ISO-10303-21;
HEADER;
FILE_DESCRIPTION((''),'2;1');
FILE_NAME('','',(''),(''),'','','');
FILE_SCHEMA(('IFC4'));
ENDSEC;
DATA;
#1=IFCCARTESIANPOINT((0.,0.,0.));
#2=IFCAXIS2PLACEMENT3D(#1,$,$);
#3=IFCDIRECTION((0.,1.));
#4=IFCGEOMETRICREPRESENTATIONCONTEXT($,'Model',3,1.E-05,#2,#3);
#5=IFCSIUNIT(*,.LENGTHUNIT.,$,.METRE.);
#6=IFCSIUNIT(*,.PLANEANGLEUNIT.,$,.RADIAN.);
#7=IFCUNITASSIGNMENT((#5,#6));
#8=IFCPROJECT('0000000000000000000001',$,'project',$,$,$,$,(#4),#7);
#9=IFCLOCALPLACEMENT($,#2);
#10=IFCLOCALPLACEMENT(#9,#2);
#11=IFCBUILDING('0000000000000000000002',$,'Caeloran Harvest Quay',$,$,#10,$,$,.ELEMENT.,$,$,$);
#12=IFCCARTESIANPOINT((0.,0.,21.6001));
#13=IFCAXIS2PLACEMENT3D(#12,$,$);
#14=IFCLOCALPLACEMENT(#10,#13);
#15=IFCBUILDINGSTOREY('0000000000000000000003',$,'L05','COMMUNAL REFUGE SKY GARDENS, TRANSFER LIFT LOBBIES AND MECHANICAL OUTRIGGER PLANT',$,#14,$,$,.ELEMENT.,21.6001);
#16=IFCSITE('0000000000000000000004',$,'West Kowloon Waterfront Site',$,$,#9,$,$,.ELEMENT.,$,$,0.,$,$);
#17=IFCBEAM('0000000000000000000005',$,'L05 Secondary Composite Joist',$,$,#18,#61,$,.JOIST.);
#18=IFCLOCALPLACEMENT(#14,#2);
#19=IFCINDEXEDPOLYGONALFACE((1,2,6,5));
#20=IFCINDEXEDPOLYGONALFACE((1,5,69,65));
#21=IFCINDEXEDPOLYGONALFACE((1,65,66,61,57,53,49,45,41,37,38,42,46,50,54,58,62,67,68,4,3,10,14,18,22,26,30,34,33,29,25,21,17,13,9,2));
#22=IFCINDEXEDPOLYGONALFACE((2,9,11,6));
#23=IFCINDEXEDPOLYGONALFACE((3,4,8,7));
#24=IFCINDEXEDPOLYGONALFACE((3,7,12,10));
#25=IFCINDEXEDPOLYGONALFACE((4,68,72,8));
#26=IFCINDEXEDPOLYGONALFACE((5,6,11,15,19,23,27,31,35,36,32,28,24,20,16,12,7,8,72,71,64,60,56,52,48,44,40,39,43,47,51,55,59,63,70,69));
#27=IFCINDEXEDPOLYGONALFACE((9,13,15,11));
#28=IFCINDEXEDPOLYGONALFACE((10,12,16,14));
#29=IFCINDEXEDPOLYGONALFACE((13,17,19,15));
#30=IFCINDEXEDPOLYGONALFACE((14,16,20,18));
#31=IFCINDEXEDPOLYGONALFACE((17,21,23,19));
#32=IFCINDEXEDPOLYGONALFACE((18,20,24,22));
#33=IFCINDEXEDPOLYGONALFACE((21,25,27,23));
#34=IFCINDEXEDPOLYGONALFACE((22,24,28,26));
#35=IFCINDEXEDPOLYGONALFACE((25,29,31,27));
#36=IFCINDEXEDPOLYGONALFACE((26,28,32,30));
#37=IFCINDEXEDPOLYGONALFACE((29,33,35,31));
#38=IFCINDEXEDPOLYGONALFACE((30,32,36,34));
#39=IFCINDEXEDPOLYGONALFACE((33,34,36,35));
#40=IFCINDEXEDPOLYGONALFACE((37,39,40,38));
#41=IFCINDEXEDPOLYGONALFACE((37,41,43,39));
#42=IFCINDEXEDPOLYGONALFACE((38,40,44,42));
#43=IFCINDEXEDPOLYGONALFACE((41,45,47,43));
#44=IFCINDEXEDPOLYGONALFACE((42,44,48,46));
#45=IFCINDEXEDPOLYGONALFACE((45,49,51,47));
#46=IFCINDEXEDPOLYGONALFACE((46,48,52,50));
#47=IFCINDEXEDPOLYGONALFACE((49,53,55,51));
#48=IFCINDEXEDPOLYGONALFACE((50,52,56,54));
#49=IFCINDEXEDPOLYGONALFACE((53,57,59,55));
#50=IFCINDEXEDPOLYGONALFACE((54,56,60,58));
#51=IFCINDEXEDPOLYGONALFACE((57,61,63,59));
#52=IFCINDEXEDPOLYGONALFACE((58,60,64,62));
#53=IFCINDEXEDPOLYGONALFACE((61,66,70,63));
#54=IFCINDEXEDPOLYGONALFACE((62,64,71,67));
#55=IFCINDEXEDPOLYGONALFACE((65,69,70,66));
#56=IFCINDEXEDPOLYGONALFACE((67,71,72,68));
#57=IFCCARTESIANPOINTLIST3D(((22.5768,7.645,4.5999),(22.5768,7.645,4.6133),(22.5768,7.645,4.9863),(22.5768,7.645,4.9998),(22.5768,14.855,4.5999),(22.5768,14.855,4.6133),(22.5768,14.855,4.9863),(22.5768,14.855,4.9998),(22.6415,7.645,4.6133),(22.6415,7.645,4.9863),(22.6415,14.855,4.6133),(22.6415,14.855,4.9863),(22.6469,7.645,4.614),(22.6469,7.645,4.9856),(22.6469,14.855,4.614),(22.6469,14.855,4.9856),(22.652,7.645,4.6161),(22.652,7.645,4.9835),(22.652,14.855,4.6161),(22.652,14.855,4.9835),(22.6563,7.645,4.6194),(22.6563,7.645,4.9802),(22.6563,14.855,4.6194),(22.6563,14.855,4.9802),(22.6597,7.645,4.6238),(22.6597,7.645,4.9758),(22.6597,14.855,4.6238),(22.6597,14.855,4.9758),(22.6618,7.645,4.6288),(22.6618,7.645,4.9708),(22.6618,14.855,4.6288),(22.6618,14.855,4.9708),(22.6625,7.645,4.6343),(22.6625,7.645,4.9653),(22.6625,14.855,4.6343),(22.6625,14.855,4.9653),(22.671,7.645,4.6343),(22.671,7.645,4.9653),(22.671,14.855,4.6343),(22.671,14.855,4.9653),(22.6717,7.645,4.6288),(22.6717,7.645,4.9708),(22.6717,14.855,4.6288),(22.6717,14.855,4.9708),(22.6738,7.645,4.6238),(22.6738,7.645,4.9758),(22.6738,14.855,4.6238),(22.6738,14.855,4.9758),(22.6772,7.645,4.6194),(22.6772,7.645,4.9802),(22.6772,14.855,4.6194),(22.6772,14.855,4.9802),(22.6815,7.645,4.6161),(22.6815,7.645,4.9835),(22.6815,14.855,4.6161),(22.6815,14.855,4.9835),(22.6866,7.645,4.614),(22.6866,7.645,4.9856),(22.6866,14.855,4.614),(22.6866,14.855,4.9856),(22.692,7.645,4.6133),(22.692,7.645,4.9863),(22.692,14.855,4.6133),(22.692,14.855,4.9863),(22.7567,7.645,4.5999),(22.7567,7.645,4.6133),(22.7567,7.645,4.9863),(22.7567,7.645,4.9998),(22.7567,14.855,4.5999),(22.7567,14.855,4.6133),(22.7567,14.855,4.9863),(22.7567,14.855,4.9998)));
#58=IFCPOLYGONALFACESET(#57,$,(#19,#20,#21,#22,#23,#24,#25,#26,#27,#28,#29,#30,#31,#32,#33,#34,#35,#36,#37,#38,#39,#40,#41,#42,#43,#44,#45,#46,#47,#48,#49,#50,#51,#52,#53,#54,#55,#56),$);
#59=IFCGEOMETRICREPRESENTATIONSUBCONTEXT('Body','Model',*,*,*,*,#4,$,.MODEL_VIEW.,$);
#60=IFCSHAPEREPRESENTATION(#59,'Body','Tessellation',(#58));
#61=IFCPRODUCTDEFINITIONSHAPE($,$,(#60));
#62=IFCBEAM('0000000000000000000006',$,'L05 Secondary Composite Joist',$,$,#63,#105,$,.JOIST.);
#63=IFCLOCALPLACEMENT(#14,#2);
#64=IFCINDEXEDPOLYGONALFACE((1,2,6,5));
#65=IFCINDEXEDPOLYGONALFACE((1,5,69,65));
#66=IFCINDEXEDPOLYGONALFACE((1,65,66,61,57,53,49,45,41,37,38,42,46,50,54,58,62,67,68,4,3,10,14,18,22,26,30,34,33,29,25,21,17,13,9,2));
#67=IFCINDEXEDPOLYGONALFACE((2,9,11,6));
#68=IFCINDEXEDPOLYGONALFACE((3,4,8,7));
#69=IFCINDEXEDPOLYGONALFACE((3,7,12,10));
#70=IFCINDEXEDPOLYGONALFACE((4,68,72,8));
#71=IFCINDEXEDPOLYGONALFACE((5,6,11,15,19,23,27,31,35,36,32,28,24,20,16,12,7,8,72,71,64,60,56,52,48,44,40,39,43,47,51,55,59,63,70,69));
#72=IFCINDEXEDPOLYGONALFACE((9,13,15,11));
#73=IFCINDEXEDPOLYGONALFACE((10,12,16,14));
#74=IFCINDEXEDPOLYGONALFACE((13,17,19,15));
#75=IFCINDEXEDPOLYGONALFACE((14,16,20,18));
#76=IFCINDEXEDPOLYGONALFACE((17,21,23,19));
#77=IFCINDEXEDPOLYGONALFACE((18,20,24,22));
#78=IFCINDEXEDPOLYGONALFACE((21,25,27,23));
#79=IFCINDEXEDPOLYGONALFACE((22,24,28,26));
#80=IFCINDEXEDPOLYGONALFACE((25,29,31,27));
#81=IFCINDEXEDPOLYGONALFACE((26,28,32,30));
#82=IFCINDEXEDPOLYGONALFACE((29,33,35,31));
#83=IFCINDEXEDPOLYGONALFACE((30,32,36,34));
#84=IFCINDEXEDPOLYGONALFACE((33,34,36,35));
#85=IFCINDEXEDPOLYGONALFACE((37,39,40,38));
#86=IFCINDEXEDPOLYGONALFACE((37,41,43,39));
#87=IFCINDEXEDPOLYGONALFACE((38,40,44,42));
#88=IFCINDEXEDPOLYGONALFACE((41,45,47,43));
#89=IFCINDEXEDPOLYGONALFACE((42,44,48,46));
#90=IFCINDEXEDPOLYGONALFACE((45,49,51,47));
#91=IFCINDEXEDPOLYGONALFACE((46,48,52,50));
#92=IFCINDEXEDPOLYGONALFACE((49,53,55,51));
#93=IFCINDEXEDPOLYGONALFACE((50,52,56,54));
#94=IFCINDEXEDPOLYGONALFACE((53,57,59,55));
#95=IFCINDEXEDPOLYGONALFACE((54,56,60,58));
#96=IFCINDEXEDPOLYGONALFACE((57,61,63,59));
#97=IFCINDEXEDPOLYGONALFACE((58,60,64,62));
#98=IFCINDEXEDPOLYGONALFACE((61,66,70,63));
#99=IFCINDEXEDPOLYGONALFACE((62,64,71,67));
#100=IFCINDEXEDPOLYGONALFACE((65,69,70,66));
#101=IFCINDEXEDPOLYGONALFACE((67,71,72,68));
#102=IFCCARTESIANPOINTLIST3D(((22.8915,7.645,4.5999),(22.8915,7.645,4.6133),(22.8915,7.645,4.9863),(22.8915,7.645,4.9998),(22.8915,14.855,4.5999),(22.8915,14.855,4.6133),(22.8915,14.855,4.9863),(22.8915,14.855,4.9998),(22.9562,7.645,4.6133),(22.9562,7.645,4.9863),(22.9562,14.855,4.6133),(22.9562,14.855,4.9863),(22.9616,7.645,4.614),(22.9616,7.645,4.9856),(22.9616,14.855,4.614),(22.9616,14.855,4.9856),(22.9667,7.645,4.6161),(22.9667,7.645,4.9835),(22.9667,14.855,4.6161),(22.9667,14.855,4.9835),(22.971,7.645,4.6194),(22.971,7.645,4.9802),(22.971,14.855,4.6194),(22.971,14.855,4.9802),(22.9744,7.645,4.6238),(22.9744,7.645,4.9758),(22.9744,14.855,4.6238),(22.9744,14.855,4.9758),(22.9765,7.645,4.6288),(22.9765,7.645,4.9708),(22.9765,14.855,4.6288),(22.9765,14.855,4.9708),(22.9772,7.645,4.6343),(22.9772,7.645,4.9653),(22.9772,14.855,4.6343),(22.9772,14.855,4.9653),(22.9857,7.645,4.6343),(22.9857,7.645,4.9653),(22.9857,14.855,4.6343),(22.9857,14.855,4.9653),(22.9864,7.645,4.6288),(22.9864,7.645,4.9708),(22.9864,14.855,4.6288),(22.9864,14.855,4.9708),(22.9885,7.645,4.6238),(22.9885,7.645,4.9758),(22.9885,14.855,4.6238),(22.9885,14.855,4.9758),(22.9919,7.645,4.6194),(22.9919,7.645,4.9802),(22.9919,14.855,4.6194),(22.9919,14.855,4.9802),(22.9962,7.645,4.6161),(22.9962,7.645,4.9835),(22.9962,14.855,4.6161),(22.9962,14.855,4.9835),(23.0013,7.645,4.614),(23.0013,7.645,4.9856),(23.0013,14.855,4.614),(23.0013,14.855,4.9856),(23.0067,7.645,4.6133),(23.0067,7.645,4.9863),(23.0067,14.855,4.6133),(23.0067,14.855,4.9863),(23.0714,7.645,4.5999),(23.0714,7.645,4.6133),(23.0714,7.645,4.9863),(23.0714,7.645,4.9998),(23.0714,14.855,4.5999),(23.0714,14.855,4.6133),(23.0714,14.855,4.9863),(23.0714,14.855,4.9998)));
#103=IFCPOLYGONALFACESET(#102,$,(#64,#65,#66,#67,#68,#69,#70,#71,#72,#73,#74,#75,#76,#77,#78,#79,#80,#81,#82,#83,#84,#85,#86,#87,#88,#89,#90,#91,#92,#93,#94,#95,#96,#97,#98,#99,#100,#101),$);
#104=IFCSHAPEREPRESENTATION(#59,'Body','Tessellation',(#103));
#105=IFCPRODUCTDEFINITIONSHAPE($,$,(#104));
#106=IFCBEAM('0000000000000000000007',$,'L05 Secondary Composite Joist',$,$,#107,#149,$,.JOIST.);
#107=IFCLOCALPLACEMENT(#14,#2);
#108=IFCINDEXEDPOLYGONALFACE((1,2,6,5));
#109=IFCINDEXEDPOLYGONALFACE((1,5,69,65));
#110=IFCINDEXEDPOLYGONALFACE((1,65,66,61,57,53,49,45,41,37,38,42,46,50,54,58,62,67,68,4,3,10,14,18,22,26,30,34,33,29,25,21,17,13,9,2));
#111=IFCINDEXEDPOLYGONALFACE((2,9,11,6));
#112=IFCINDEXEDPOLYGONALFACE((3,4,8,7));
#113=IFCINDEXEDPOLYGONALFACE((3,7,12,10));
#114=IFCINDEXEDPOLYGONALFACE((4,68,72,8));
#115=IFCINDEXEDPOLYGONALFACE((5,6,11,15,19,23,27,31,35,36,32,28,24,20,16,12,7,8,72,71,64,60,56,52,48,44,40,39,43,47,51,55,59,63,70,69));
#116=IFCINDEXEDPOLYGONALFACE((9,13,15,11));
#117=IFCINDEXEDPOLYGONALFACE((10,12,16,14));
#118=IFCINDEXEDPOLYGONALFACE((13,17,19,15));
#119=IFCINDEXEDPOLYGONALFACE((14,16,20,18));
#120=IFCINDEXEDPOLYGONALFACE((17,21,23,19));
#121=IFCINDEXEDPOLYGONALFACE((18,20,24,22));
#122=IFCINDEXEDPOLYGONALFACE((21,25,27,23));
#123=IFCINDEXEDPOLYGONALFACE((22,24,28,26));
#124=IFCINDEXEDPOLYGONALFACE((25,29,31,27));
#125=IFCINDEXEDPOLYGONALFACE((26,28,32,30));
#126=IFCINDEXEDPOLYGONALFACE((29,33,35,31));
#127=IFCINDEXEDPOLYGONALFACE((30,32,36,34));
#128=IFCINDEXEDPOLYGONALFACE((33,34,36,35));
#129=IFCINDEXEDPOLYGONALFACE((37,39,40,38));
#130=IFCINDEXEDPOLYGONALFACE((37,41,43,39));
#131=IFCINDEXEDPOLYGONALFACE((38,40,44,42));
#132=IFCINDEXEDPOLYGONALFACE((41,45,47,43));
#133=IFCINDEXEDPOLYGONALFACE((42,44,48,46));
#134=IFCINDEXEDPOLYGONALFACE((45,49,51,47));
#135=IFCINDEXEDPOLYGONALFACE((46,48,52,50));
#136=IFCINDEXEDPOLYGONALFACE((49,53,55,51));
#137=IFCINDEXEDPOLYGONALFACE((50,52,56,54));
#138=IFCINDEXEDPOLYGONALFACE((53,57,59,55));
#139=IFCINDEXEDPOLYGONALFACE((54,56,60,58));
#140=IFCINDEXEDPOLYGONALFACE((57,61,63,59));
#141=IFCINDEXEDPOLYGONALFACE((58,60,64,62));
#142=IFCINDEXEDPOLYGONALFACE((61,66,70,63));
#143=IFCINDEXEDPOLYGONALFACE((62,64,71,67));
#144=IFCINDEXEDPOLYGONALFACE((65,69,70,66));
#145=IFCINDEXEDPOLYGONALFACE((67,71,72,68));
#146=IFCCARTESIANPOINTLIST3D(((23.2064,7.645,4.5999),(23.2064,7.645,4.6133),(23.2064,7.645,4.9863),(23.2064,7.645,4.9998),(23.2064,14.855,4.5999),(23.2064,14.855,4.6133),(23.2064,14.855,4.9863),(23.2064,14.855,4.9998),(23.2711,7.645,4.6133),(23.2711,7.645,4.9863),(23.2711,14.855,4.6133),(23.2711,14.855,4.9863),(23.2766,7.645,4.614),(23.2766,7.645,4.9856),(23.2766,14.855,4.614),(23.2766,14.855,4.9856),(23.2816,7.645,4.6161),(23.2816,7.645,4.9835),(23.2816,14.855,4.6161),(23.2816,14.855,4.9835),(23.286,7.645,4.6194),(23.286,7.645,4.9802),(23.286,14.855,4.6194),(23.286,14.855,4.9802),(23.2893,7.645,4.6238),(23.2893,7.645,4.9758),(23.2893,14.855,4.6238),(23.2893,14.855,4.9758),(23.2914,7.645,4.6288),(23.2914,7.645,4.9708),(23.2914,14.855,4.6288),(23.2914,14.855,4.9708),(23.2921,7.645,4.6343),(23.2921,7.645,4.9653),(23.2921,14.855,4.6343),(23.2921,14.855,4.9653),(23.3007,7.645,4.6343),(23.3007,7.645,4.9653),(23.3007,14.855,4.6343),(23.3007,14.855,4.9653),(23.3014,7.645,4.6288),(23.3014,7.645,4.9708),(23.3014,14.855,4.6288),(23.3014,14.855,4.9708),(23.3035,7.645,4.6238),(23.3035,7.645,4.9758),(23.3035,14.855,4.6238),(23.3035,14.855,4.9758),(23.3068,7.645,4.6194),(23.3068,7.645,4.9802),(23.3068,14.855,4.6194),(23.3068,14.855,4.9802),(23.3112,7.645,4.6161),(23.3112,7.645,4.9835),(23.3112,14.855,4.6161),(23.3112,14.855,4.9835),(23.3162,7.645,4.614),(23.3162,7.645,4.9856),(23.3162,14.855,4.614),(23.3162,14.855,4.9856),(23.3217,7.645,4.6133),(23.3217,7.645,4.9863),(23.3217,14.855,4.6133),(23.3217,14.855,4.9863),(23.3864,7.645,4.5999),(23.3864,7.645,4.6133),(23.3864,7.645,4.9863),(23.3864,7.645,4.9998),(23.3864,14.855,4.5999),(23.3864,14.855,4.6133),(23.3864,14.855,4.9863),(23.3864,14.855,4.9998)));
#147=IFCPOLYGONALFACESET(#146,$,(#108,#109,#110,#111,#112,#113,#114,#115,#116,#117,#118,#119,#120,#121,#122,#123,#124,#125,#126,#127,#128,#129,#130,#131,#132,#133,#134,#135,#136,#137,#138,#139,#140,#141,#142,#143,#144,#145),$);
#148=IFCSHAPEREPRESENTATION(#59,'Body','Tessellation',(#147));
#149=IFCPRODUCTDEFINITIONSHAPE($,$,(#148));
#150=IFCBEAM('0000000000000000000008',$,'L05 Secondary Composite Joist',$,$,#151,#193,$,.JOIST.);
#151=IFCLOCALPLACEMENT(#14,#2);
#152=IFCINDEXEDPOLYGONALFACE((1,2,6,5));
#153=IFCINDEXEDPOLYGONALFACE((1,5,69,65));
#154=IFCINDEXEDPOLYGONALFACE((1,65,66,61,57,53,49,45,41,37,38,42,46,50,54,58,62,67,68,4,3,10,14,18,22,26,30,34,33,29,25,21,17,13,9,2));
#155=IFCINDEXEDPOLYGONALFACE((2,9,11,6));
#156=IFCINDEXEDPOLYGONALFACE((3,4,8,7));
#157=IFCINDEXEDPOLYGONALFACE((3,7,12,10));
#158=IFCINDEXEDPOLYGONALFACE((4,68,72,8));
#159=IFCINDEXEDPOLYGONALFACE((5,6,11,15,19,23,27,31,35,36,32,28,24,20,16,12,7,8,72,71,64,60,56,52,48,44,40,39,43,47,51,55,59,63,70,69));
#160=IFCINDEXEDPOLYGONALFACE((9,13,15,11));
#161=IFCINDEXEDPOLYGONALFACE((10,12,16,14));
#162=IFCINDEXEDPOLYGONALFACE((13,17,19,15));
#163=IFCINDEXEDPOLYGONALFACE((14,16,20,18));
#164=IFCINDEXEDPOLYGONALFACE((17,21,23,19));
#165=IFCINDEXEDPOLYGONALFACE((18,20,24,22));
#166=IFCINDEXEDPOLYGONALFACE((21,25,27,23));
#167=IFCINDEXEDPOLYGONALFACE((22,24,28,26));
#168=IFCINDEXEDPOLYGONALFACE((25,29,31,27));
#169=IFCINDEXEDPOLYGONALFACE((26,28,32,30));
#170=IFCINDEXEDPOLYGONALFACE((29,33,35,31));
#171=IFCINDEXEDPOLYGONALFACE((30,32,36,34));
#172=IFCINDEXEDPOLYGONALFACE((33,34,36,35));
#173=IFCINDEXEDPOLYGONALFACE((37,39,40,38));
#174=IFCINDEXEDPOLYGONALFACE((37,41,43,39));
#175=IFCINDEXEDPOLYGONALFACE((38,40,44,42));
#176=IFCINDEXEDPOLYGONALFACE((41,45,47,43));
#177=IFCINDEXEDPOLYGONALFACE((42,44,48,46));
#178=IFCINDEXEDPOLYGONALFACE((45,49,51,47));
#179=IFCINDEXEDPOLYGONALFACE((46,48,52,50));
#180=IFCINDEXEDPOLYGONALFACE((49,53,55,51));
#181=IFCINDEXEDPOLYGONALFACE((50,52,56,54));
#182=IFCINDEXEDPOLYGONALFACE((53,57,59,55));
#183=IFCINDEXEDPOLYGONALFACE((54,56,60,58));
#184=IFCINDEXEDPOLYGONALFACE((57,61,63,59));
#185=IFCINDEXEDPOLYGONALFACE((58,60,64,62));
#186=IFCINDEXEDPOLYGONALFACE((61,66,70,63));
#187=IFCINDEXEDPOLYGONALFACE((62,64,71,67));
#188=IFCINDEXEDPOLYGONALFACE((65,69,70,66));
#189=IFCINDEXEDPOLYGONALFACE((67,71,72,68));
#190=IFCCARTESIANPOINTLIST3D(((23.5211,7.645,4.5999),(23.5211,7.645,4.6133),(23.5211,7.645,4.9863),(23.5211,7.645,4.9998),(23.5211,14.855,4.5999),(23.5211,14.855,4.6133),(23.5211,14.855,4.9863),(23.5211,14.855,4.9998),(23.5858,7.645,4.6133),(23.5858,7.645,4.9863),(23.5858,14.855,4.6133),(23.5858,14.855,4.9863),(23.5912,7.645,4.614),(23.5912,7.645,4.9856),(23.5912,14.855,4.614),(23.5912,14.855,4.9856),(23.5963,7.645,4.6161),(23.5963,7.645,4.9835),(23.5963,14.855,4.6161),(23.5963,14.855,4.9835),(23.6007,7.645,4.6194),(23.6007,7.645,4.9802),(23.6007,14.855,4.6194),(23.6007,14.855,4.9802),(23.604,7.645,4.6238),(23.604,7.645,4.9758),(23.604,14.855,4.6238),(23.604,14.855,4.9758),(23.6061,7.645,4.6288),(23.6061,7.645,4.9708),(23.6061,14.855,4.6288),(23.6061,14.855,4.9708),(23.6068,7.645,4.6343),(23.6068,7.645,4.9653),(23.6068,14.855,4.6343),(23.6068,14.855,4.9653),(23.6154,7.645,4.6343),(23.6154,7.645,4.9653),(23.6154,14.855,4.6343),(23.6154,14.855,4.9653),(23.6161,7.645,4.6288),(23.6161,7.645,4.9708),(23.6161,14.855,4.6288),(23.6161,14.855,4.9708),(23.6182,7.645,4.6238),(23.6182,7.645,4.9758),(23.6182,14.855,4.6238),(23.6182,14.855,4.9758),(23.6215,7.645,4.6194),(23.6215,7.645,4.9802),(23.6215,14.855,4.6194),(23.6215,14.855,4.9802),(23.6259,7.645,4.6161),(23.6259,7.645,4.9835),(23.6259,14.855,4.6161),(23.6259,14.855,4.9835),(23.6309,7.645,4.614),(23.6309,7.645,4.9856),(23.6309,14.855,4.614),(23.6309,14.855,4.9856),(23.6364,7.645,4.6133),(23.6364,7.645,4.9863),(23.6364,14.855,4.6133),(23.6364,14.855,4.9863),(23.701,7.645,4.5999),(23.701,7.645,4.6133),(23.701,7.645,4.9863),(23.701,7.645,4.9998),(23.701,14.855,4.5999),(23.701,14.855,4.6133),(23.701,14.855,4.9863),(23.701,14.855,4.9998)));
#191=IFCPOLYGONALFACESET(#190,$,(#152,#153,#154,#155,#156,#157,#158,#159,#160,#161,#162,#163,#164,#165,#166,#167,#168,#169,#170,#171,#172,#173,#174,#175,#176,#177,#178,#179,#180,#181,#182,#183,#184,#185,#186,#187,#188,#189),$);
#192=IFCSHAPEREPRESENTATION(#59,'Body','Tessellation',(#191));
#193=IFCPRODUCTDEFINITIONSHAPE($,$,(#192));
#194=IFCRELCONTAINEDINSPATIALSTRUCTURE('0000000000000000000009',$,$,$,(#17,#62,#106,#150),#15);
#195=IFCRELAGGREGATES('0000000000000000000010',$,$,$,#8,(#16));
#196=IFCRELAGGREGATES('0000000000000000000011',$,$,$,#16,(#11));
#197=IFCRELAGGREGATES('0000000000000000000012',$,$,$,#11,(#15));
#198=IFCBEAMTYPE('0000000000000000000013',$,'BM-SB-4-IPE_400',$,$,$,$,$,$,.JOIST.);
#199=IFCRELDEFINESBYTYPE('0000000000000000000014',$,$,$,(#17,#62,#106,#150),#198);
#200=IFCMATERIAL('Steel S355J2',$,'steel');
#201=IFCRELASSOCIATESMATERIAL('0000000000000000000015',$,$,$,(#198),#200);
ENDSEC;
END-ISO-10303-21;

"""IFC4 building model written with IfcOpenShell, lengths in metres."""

from ifc_helpers import new_model, si_unit, direction, frame, origin, origin_2d, place, context, subcontext, project, spatial, i_section, extrude, material, material_profile, profile_set, type_object, element, save


model = new_model("IFC4")

# Units and contexts
model_context = context("Model", 3, precision=1e-05, world=origin(), true_north=direction((0.0, 1.0)))
body_context = subcontext(model_context, "Body", "Model", "MODEL_VIEW")
ifc_project = project(units=[si_unit("LENGTHUNIT", "METRE"), si_unit("PLANEANGLEUNIT", "RADIAN")], contexts=[model_context])

# Site, building, storey
site_placement = place(None, origin())
site = spatial("IfcSite", under=ifc_project, at=site_placement, Name="West Kowloon Waterfront Site", CompositionType="ELEMENT", RefElevation=0.0)
building_placement = place(site_placement, origin())
building = spatial("IfcBuilding", under=site, at=building_placement, Name="Caeloran Harvest Quay", CompositionType="ELEMENT")
storey_placement = place(building_placement, frame((0.0, 0.0, 21.6001)))
storey = spatial("IfcBuildingStorey", under=building, at=storey_placement, Name="L05", Description="COMMUNAL REFUGE SKY GARDENS, TRANSFER LIFT LOBBIES AND MECHANICAL OUTRIGGER PLANT", CompositionType="ELEMENT", Elevation=21.6001)

# Beams
ifc_material_1 = material(Name="Steel S355J2", Category="steel")
ifc_material_profile_1 = material_profile(ifc_material_1, i_section(OverallWidth=0.1799, OverallDepth=0.3999, WebThickness=0.0085, FlangeThickness=0.0134, FilletRadius=0.021, at=origin_2d()), Name="IPE 400")
ifc_profile_set_1 = profile_set([ifc_material_profile_1], Name="Steel S355J2")
beam_type_1 = type_object("IfcBeamType", Name="BM-SB-4-IPE_400", PredefinedType="JOIST", material=ifc_profile_set_1)
for number, where, z_axis, x_axis, name in (
    (1, (22.6667, 7.645, 4.7998), (0.0, 1.0, 0.0), (-1.0, 0.0, 0.0), "L05 Secondary Composite Joist"),
    (2, (22.9814, 7.645, 4.7998), (0.0, 1.0, 0.0), (-1.0, 0.0, 0.0), "L05 Secondary Composite Joist"),
    (3, (23.2964, 7.645, 4.7998), (0.0, 1.0, 0.0), (-1.0, 0.0, 0.0), "L05 Secondary Composite Joist"),
    (4, (23.6111, 7.645, 4.7998), (0.0, 1.0, 0.0), (-1.0, 0.0, 0.0), "L05 Secondary Composite Joist"),
):
    element("IfcBeam", number, at=place(storey_placement, frame(where, z_axis=z_axis, x_axis=x_axis)), inside=storey, type_object=beam_type_1, Name=name, PredefinedType="JOIST", context=body_context, shape_type="SweptSolid", body=[
        extrude(i_section(OverallWidth=0.1799, OverallDepth=0.3999, WebThickness=0.0085, FlangeThickness=0.0134, FilletRadius=0.021, at=origin_2d()), origin(), (0.0, 0.0, 1.0), 7.21),
    ])

save(model, "model.ifc")
